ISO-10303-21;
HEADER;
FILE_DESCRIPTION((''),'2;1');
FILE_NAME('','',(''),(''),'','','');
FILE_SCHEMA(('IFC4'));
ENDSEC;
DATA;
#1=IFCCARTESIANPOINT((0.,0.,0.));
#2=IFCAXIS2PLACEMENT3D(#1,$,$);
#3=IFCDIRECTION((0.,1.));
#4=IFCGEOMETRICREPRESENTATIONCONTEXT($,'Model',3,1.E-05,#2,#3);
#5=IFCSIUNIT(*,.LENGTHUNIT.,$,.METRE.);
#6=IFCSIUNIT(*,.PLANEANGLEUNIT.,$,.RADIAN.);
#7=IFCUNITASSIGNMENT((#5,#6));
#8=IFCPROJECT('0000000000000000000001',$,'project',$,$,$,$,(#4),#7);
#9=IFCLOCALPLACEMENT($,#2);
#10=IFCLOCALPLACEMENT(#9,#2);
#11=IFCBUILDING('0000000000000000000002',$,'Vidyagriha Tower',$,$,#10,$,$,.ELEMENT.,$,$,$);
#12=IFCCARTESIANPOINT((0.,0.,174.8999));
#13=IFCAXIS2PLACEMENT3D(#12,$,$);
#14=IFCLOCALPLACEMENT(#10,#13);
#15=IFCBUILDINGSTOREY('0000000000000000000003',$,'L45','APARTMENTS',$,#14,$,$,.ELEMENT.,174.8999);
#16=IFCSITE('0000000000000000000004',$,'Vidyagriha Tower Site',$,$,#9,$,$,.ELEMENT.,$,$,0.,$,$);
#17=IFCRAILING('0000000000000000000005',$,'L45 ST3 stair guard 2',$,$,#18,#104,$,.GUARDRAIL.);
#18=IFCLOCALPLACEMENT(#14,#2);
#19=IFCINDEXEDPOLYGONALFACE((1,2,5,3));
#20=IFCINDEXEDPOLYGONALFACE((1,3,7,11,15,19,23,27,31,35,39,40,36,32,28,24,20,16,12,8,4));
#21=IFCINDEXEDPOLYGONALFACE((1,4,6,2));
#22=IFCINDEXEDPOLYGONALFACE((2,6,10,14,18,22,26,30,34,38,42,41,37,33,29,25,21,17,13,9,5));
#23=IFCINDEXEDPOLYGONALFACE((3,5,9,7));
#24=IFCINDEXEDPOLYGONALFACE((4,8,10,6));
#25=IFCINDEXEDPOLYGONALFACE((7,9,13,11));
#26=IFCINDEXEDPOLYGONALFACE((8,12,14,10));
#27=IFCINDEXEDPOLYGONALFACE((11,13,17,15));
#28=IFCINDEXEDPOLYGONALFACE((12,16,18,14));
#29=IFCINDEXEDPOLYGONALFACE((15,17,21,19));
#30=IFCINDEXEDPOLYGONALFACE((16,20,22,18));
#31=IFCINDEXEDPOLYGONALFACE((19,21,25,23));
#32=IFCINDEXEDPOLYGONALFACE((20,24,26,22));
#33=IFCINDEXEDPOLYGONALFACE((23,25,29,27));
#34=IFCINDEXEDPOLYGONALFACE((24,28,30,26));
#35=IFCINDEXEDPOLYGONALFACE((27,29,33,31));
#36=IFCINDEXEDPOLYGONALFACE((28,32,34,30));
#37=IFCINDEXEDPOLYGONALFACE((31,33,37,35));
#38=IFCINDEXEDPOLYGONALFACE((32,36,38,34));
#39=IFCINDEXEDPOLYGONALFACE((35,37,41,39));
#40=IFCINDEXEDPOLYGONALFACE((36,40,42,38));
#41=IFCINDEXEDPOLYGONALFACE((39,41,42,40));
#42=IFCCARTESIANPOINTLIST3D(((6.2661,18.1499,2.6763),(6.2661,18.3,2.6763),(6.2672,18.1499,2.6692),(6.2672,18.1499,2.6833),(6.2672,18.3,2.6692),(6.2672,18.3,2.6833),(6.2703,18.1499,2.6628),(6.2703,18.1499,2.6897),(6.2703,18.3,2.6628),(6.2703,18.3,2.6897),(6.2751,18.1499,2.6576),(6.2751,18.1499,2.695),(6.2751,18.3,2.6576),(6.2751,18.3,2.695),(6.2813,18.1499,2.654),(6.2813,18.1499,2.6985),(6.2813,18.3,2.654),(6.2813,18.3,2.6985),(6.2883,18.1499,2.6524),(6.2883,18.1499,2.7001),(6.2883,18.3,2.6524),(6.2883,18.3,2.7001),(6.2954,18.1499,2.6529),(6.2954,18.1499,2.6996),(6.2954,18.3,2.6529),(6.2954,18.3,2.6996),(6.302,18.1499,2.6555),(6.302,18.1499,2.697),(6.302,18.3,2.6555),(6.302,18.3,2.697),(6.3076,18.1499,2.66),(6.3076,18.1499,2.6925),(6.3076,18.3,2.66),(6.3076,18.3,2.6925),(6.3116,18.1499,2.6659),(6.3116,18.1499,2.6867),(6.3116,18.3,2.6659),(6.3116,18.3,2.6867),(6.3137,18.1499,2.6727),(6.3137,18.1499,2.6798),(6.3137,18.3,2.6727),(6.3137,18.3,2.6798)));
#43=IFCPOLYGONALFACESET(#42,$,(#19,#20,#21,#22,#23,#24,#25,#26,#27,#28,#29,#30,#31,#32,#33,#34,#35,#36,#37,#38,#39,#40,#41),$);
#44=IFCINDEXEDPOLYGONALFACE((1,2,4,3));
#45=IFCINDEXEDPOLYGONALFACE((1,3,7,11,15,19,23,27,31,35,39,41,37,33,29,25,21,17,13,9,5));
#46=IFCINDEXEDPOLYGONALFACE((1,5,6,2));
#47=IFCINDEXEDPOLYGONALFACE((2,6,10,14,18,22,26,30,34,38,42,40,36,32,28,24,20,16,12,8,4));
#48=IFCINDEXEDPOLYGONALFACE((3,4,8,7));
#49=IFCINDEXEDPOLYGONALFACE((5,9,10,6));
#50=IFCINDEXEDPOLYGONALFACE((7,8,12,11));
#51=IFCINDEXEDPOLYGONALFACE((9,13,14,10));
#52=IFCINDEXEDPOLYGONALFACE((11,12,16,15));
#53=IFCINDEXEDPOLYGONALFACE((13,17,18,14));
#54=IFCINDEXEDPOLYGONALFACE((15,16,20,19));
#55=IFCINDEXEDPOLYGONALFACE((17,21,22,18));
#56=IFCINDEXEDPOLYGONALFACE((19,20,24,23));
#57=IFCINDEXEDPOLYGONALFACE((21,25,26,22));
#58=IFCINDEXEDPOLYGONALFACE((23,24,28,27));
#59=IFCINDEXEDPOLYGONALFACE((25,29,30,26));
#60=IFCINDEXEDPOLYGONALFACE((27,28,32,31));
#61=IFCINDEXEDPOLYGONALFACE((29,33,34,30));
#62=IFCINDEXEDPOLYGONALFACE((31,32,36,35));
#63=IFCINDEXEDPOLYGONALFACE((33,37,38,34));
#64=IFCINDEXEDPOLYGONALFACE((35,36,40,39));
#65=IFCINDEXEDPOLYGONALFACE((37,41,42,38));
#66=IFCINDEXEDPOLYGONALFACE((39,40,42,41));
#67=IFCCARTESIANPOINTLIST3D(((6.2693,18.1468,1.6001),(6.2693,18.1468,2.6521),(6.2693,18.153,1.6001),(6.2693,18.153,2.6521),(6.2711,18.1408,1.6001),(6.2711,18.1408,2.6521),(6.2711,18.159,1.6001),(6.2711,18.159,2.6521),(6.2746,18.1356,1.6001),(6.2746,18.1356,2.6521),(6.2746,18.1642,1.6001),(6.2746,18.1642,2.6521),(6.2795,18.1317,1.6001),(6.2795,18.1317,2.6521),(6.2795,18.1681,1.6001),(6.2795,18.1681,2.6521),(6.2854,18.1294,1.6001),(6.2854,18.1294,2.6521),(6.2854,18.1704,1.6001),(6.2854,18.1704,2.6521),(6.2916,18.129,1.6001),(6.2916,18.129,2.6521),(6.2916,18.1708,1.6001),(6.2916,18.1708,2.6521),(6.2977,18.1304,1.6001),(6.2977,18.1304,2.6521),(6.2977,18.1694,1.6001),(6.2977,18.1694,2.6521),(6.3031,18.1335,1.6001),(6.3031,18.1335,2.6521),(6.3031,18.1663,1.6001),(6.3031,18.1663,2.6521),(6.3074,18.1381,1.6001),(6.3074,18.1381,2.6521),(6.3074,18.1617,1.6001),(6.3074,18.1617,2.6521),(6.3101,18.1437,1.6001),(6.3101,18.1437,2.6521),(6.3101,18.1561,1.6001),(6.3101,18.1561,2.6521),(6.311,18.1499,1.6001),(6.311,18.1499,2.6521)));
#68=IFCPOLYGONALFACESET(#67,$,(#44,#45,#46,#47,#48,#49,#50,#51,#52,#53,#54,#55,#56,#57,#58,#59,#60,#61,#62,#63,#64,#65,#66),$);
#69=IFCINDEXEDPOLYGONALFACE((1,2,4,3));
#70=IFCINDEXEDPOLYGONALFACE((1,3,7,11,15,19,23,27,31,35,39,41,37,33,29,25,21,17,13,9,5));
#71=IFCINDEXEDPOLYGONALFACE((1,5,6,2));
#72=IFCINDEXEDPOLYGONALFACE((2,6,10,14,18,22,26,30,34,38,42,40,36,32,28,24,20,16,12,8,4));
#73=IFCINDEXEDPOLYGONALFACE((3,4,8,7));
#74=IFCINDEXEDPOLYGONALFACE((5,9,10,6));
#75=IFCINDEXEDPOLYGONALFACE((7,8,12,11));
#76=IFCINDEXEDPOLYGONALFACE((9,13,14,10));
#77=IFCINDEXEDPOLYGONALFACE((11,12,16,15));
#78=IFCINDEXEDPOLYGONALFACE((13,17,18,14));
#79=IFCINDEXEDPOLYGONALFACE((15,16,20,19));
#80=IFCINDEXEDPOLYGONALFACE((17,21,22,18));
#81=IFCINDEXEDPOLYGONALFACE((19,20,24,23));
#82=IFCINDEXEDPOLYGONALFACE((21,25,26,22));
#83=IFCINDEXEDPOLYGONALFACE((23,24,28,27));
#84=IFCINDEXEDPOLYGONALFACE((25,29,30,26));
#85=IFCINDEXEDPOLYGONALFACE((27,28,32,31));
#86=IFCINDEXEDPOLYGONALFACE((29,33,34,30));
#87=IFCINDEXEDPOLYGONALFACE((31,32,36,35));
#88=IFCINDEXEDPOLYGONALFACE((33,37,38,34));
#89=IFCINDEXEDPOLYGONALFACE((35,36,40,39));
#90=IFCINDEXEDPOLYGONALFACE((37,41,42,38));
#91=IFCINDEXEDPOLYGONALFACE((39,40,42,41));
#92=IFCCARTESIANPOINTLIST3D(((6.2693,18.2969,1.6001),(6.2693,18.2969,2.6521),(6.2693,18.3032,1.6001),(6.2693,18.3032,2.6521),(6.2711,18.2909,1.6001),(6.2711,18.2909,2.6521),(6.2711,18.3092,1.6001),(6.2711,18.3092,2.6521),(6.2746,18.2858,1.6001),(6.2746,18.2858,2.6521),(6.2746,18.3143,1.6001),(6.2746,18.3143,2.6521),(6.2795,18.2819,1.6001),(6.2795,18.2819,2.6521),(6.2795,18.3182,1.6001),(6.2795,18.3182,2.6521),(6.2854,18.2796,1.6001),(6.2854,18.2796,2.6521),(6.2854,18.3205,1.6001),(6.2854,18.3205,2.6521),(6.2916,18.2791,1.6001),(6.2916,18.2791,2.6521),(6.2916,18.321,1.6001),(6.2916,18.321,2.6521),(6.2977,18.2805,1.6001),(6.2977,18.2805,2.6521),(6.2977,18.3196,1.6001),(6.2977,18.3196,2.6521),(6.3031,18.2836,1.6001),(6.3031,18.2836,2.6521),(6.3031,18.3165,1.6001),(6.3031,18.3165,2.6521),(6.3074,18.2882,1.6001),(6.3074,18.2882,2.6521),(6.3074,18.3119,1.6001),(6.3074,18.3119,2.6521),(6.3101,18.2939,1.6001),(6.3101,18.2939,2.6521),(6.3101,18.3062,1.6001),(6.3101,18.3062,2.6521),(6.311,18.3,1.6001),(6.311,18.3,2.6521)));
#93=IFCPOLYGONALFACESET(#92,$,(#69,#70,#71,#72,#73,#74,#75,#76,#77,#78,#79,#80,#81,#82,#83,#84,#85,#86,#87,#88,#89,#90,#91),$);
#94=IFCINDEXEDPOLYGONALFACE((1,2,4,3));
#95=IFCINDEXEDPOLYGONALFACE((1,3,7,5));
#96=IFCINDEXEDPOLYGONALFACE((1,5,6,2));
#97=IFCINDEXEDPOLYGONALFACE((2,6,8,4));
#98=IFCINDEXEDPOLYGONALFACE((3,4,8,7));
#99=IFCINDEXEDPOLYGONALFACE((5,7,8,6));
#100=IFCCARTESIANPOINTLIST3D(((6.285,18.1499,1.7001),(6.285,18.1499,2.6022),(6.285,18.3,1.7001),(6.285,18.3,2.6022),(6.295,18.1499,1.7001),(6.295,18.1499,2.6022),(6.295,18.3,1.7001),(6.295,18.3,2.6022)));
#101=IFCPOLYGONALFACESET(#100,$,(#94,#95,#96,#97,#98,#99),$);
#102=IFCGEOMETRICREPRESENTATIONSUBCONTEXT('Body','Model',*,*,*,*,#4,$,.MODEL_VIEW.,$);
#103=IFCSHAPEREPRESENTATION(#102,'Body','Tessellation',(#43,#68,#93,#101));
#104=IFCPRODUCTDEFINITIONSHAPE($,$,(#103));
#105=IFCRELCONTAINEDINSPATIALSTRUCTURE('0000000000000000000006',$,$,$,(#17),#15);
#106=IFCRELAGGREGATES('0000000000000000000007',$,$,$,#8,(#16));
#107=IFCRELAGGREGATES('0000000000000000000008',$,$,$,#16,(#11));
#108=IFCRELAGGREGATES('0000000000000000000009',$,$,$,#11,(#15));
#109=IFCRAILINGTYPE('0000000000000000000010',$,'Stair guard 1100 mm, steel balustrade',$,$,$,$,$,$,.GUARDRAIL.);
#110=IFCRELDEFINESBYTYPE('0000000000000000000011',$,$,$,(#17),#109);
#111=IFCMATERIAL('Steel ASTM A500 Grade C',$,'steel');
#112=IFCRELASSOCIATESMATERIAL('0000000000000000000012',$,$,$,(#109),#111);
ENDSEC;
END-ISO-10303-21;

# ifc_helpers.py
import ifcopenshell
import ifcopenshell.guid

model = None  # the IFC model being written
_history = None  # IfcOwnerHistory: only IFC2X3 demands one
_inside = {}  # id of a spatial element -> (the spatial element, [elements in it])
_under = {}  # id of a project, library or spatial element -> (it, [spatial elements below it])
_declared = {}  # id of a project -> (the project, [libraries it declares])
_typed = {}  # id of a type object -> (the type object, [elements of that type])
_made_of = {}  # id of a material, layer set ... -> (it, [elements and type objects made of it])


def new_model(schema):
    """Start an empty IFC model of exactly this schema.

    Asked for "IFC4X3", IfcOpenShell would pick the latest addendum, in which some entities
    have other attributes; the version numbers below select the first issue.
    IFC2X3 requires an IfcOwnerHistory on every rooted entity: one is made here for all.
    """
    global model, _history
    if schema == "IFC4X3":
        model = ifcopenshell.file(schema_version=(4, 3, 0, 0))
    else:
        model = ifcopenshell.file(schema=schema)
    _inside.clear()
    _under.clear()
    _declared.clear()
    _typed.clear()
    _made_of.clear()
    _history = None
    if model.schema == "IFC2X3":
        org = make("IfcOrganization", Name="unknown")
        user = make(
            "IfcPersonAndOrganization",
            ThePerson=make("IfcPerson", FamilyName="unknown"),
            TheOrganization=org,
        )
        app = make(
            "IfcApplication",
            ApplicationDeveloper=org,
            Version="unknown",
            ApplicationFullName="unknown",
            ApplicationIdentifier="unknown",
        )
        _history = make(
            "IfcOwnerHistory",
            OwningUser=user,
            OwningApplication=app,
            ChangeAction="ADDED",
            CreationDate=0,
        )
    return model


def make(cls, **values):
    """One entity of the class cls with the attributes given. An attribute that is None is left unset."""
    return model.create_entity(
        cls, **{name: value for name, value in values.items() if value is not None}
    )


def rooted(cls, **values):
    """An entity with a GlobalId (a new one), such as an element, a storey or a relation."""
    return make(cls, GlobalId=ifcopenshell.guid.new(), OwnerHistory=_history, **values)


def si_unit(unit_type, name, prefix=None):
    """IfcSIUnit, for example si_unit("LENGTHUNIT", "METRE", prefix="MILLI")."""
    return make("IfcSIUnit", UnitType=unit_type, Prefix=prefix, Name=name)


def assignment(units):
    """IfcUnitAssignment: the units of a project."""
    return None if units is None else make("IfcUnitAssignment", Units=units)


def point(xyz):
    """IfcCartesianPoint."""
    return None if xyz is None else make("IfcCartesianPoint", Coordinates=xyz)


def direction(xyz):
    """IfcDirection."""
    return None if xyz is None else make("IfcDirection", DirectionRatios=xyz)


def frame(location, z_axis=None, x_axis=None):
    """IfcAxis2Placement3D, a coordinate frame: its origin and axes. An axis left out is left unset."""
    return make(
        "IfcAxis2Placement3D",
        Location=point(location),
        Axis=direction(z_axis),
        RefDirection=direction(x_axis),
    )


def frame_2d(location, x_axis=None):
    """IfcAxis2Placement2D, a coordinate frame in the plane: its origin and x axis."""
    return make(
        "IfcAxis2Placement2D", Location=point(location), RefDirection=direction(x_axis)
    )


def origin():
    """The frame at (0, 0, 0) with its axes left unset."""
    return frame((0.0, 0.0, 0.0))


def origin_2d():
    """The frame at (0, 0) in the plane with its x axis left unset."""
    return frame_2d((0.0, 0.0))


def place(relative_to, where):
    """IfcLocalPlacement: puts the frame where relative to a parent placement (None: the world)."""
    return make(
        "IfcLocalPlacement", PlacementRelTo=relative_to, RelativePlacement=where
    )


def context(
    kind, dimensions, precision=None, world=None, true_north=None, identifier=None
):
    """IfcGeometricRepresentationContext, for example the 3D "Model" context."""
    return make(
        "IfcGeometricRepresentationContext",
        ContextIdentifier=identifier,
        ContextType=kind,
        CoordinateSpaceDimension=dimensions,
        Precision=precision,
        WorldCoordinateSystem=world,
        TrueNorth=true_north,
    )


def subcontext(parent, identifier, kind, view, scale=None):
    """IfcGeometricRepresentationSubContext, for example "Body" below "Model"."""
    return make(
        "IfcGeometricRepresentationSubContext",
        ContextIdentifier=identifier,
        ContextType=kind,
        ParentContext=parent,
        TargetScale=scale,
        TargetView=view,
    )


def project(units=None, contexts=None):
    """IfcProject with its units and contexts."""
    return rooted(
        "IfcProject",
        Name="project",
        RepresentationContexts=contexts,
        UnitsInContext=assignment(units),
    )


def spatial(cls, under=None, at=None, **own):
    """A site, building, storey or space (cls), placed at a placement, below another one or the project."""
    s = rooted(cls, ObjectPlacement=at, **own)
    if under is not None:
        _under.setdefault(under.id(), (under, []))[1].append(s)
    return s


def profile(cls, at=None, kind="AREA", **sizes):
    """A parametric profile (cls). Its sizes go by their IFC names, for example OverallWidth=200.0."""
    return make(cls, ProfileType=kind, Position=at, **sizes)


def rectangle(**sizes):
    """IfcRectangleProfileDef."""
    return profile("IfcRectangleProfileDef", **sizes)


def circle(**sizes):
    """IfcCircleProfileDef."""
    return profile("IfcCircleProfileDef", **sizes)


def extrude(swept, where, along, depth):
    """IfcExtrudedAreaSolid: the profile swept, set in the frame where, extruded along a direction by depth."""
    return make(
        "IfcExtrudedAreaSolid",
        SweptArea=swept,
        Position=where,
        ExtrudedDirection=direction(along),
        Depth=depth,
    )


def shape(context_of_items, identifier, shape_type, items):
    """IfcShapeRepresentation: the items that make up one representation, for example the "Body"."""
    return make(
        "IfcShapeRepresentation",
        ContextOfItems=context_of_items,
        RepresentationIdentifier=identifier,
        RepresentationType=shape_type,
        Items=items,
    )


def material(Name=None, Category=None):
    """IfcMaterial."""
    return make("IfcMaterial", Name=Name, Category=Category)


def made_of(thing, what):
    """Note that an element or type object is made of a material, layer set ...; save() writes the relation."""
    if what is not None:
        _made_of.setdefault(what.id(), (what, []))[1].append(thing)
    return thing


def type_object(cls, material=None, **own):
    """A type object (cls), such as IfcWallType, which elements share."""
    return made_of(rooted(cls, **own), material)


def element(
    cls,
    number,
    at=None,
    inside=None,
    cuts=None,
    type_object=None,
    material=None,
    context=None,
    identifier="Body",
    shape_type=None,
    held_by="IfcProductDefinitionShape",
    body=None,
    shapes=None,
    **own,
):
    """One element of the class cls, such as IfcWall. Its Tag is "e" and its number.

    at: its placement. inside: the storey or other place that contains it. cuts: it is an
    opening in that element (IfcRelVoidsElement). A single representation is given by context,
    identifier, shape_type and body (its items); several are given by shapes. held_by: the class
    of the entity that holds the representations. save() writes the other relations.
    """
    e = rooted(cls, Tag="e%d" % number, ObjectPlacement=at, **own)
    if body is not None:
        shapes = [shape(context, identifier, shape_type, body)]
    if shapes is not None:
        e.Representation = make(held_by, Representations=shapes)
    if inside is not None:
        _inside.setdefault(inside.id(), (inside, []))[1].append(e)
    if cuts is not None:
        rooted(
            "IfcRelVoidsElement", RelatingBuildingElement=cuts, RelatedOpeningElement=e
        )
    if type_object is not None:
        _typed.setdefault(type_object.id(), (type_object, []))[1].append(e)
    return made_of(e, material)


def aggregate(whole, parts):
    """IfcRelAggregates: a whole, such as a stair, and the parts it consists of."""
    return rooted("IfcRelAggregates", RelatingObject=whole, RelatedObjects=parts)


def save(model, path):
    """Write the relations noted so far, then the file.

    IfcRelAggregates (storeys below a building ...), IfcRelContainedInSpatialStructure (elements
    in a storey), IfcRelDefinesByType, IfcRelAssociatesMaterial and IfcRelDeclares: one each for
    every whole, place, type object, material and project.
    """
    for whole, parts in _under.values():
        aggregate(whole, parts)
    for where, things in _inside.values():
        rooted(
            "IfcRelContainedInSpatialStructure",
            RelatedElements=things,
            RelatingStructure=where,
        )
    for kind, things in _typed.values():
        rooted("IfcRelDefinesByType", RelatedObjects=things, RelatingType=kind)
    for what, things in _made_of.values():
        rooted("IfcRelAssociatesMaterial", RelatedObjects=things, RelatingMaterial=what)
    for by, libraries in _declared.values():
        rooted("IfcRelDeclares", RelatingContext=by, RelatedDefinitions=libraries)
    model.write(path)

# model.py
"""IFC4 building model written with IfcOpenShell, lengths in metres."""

from ifc_helpers import new_model, si_unit, direction, frame, origin, origin_2d, place, context, subcontext, project, spatial, rectangle, circle, extrude, material, type_object, element, save


model = new_model("IFC4")

# Units and contexts
model_context = context("Model", 3, precision=1e-05, world=origin(), true_north=direction((0.0, 1.0)))
body_context = subcontext(model_context, "Body", "Model", "MODEL_VIEW")
ifc_project = project(units=[si_unit("LENGTHUNIT", "METRE"), si_unit("PLANEANGLEUNIT", "RADIAN")], contexts=[model_context])

# Site, building, storey
site_placement = place(None, origin())
site = spatial("IfcSite", under=ifc_project, at=site_placement, Name="Vidyagriha Tower Site", CompositionType="ELEMENT", RefElevation=0.0)
building_placement = place(site_placement, origin())
building = spatial("IfcBuilding", under=site, at=building_placement, Name="Vidyagriha Tower", CompositionType="ELEMENT")
storey_placement = place(building_placement, frame((0.0, 0.0, 174.8999)))
storey = spatial("IfcBuildingStorey", under=building, at=storey_placement, Name="L45", Description="APARTMENTS", CompositionType="ELEMENT", Elevation=174.8999)

# Railing
ifc_material_1 = material(Name="Steel ASTM A500 Grade C", Category="steel")
railing_type_1 = type_object("IfcRailingType", Name="Stair guard 1100 mm, steel balustrade", PredefinedType="GUARDRAIL", material=ifc_material_1)
railing_1_placement = place(storey_placement, frame((6.29, 18.1499, 1.6001)))
element("IfcRailing", 1, at=railing_1_placement, inside=storey, type_object=railing_type_1, Name="L45 ST3 stair guard 2", PredefinedType="GUARDRAIL", context=body_context, shape_type="SweptSolid", body=[
    extrude(circle(Radius=0.0239, at=origin_2d()), frame((0.0, 0.0, 1.0762), z_axis=(0.0, 1.0, 0.0), x_axis=(-1.0, 0.0, 0.0)), (0.0, 0.0, 1.0), 0.1501),
    extrude(circle(Radius=0.021, at=origin_2d()), origin(), (0.0, 0.0, 1.0), 1.052),
    extrude(circle(Radius=0.021, at=origin_2d()), frame((0.0, 0.1501, 0.0)), (0.0, 0.0, 1.0), 1.052),
    extrude(rectangle(XDim=0.01, YDim=0.9021, at=origin_2d()), frame((0.0, 0.0, 0.551), z_axis=(0.0, 1.0, 0.0), x_axis=(-1.0, 0.0, 0.0)), (0.0, 0.0, 1.0), 0.1501),
])

save(model, "model.ifc")
